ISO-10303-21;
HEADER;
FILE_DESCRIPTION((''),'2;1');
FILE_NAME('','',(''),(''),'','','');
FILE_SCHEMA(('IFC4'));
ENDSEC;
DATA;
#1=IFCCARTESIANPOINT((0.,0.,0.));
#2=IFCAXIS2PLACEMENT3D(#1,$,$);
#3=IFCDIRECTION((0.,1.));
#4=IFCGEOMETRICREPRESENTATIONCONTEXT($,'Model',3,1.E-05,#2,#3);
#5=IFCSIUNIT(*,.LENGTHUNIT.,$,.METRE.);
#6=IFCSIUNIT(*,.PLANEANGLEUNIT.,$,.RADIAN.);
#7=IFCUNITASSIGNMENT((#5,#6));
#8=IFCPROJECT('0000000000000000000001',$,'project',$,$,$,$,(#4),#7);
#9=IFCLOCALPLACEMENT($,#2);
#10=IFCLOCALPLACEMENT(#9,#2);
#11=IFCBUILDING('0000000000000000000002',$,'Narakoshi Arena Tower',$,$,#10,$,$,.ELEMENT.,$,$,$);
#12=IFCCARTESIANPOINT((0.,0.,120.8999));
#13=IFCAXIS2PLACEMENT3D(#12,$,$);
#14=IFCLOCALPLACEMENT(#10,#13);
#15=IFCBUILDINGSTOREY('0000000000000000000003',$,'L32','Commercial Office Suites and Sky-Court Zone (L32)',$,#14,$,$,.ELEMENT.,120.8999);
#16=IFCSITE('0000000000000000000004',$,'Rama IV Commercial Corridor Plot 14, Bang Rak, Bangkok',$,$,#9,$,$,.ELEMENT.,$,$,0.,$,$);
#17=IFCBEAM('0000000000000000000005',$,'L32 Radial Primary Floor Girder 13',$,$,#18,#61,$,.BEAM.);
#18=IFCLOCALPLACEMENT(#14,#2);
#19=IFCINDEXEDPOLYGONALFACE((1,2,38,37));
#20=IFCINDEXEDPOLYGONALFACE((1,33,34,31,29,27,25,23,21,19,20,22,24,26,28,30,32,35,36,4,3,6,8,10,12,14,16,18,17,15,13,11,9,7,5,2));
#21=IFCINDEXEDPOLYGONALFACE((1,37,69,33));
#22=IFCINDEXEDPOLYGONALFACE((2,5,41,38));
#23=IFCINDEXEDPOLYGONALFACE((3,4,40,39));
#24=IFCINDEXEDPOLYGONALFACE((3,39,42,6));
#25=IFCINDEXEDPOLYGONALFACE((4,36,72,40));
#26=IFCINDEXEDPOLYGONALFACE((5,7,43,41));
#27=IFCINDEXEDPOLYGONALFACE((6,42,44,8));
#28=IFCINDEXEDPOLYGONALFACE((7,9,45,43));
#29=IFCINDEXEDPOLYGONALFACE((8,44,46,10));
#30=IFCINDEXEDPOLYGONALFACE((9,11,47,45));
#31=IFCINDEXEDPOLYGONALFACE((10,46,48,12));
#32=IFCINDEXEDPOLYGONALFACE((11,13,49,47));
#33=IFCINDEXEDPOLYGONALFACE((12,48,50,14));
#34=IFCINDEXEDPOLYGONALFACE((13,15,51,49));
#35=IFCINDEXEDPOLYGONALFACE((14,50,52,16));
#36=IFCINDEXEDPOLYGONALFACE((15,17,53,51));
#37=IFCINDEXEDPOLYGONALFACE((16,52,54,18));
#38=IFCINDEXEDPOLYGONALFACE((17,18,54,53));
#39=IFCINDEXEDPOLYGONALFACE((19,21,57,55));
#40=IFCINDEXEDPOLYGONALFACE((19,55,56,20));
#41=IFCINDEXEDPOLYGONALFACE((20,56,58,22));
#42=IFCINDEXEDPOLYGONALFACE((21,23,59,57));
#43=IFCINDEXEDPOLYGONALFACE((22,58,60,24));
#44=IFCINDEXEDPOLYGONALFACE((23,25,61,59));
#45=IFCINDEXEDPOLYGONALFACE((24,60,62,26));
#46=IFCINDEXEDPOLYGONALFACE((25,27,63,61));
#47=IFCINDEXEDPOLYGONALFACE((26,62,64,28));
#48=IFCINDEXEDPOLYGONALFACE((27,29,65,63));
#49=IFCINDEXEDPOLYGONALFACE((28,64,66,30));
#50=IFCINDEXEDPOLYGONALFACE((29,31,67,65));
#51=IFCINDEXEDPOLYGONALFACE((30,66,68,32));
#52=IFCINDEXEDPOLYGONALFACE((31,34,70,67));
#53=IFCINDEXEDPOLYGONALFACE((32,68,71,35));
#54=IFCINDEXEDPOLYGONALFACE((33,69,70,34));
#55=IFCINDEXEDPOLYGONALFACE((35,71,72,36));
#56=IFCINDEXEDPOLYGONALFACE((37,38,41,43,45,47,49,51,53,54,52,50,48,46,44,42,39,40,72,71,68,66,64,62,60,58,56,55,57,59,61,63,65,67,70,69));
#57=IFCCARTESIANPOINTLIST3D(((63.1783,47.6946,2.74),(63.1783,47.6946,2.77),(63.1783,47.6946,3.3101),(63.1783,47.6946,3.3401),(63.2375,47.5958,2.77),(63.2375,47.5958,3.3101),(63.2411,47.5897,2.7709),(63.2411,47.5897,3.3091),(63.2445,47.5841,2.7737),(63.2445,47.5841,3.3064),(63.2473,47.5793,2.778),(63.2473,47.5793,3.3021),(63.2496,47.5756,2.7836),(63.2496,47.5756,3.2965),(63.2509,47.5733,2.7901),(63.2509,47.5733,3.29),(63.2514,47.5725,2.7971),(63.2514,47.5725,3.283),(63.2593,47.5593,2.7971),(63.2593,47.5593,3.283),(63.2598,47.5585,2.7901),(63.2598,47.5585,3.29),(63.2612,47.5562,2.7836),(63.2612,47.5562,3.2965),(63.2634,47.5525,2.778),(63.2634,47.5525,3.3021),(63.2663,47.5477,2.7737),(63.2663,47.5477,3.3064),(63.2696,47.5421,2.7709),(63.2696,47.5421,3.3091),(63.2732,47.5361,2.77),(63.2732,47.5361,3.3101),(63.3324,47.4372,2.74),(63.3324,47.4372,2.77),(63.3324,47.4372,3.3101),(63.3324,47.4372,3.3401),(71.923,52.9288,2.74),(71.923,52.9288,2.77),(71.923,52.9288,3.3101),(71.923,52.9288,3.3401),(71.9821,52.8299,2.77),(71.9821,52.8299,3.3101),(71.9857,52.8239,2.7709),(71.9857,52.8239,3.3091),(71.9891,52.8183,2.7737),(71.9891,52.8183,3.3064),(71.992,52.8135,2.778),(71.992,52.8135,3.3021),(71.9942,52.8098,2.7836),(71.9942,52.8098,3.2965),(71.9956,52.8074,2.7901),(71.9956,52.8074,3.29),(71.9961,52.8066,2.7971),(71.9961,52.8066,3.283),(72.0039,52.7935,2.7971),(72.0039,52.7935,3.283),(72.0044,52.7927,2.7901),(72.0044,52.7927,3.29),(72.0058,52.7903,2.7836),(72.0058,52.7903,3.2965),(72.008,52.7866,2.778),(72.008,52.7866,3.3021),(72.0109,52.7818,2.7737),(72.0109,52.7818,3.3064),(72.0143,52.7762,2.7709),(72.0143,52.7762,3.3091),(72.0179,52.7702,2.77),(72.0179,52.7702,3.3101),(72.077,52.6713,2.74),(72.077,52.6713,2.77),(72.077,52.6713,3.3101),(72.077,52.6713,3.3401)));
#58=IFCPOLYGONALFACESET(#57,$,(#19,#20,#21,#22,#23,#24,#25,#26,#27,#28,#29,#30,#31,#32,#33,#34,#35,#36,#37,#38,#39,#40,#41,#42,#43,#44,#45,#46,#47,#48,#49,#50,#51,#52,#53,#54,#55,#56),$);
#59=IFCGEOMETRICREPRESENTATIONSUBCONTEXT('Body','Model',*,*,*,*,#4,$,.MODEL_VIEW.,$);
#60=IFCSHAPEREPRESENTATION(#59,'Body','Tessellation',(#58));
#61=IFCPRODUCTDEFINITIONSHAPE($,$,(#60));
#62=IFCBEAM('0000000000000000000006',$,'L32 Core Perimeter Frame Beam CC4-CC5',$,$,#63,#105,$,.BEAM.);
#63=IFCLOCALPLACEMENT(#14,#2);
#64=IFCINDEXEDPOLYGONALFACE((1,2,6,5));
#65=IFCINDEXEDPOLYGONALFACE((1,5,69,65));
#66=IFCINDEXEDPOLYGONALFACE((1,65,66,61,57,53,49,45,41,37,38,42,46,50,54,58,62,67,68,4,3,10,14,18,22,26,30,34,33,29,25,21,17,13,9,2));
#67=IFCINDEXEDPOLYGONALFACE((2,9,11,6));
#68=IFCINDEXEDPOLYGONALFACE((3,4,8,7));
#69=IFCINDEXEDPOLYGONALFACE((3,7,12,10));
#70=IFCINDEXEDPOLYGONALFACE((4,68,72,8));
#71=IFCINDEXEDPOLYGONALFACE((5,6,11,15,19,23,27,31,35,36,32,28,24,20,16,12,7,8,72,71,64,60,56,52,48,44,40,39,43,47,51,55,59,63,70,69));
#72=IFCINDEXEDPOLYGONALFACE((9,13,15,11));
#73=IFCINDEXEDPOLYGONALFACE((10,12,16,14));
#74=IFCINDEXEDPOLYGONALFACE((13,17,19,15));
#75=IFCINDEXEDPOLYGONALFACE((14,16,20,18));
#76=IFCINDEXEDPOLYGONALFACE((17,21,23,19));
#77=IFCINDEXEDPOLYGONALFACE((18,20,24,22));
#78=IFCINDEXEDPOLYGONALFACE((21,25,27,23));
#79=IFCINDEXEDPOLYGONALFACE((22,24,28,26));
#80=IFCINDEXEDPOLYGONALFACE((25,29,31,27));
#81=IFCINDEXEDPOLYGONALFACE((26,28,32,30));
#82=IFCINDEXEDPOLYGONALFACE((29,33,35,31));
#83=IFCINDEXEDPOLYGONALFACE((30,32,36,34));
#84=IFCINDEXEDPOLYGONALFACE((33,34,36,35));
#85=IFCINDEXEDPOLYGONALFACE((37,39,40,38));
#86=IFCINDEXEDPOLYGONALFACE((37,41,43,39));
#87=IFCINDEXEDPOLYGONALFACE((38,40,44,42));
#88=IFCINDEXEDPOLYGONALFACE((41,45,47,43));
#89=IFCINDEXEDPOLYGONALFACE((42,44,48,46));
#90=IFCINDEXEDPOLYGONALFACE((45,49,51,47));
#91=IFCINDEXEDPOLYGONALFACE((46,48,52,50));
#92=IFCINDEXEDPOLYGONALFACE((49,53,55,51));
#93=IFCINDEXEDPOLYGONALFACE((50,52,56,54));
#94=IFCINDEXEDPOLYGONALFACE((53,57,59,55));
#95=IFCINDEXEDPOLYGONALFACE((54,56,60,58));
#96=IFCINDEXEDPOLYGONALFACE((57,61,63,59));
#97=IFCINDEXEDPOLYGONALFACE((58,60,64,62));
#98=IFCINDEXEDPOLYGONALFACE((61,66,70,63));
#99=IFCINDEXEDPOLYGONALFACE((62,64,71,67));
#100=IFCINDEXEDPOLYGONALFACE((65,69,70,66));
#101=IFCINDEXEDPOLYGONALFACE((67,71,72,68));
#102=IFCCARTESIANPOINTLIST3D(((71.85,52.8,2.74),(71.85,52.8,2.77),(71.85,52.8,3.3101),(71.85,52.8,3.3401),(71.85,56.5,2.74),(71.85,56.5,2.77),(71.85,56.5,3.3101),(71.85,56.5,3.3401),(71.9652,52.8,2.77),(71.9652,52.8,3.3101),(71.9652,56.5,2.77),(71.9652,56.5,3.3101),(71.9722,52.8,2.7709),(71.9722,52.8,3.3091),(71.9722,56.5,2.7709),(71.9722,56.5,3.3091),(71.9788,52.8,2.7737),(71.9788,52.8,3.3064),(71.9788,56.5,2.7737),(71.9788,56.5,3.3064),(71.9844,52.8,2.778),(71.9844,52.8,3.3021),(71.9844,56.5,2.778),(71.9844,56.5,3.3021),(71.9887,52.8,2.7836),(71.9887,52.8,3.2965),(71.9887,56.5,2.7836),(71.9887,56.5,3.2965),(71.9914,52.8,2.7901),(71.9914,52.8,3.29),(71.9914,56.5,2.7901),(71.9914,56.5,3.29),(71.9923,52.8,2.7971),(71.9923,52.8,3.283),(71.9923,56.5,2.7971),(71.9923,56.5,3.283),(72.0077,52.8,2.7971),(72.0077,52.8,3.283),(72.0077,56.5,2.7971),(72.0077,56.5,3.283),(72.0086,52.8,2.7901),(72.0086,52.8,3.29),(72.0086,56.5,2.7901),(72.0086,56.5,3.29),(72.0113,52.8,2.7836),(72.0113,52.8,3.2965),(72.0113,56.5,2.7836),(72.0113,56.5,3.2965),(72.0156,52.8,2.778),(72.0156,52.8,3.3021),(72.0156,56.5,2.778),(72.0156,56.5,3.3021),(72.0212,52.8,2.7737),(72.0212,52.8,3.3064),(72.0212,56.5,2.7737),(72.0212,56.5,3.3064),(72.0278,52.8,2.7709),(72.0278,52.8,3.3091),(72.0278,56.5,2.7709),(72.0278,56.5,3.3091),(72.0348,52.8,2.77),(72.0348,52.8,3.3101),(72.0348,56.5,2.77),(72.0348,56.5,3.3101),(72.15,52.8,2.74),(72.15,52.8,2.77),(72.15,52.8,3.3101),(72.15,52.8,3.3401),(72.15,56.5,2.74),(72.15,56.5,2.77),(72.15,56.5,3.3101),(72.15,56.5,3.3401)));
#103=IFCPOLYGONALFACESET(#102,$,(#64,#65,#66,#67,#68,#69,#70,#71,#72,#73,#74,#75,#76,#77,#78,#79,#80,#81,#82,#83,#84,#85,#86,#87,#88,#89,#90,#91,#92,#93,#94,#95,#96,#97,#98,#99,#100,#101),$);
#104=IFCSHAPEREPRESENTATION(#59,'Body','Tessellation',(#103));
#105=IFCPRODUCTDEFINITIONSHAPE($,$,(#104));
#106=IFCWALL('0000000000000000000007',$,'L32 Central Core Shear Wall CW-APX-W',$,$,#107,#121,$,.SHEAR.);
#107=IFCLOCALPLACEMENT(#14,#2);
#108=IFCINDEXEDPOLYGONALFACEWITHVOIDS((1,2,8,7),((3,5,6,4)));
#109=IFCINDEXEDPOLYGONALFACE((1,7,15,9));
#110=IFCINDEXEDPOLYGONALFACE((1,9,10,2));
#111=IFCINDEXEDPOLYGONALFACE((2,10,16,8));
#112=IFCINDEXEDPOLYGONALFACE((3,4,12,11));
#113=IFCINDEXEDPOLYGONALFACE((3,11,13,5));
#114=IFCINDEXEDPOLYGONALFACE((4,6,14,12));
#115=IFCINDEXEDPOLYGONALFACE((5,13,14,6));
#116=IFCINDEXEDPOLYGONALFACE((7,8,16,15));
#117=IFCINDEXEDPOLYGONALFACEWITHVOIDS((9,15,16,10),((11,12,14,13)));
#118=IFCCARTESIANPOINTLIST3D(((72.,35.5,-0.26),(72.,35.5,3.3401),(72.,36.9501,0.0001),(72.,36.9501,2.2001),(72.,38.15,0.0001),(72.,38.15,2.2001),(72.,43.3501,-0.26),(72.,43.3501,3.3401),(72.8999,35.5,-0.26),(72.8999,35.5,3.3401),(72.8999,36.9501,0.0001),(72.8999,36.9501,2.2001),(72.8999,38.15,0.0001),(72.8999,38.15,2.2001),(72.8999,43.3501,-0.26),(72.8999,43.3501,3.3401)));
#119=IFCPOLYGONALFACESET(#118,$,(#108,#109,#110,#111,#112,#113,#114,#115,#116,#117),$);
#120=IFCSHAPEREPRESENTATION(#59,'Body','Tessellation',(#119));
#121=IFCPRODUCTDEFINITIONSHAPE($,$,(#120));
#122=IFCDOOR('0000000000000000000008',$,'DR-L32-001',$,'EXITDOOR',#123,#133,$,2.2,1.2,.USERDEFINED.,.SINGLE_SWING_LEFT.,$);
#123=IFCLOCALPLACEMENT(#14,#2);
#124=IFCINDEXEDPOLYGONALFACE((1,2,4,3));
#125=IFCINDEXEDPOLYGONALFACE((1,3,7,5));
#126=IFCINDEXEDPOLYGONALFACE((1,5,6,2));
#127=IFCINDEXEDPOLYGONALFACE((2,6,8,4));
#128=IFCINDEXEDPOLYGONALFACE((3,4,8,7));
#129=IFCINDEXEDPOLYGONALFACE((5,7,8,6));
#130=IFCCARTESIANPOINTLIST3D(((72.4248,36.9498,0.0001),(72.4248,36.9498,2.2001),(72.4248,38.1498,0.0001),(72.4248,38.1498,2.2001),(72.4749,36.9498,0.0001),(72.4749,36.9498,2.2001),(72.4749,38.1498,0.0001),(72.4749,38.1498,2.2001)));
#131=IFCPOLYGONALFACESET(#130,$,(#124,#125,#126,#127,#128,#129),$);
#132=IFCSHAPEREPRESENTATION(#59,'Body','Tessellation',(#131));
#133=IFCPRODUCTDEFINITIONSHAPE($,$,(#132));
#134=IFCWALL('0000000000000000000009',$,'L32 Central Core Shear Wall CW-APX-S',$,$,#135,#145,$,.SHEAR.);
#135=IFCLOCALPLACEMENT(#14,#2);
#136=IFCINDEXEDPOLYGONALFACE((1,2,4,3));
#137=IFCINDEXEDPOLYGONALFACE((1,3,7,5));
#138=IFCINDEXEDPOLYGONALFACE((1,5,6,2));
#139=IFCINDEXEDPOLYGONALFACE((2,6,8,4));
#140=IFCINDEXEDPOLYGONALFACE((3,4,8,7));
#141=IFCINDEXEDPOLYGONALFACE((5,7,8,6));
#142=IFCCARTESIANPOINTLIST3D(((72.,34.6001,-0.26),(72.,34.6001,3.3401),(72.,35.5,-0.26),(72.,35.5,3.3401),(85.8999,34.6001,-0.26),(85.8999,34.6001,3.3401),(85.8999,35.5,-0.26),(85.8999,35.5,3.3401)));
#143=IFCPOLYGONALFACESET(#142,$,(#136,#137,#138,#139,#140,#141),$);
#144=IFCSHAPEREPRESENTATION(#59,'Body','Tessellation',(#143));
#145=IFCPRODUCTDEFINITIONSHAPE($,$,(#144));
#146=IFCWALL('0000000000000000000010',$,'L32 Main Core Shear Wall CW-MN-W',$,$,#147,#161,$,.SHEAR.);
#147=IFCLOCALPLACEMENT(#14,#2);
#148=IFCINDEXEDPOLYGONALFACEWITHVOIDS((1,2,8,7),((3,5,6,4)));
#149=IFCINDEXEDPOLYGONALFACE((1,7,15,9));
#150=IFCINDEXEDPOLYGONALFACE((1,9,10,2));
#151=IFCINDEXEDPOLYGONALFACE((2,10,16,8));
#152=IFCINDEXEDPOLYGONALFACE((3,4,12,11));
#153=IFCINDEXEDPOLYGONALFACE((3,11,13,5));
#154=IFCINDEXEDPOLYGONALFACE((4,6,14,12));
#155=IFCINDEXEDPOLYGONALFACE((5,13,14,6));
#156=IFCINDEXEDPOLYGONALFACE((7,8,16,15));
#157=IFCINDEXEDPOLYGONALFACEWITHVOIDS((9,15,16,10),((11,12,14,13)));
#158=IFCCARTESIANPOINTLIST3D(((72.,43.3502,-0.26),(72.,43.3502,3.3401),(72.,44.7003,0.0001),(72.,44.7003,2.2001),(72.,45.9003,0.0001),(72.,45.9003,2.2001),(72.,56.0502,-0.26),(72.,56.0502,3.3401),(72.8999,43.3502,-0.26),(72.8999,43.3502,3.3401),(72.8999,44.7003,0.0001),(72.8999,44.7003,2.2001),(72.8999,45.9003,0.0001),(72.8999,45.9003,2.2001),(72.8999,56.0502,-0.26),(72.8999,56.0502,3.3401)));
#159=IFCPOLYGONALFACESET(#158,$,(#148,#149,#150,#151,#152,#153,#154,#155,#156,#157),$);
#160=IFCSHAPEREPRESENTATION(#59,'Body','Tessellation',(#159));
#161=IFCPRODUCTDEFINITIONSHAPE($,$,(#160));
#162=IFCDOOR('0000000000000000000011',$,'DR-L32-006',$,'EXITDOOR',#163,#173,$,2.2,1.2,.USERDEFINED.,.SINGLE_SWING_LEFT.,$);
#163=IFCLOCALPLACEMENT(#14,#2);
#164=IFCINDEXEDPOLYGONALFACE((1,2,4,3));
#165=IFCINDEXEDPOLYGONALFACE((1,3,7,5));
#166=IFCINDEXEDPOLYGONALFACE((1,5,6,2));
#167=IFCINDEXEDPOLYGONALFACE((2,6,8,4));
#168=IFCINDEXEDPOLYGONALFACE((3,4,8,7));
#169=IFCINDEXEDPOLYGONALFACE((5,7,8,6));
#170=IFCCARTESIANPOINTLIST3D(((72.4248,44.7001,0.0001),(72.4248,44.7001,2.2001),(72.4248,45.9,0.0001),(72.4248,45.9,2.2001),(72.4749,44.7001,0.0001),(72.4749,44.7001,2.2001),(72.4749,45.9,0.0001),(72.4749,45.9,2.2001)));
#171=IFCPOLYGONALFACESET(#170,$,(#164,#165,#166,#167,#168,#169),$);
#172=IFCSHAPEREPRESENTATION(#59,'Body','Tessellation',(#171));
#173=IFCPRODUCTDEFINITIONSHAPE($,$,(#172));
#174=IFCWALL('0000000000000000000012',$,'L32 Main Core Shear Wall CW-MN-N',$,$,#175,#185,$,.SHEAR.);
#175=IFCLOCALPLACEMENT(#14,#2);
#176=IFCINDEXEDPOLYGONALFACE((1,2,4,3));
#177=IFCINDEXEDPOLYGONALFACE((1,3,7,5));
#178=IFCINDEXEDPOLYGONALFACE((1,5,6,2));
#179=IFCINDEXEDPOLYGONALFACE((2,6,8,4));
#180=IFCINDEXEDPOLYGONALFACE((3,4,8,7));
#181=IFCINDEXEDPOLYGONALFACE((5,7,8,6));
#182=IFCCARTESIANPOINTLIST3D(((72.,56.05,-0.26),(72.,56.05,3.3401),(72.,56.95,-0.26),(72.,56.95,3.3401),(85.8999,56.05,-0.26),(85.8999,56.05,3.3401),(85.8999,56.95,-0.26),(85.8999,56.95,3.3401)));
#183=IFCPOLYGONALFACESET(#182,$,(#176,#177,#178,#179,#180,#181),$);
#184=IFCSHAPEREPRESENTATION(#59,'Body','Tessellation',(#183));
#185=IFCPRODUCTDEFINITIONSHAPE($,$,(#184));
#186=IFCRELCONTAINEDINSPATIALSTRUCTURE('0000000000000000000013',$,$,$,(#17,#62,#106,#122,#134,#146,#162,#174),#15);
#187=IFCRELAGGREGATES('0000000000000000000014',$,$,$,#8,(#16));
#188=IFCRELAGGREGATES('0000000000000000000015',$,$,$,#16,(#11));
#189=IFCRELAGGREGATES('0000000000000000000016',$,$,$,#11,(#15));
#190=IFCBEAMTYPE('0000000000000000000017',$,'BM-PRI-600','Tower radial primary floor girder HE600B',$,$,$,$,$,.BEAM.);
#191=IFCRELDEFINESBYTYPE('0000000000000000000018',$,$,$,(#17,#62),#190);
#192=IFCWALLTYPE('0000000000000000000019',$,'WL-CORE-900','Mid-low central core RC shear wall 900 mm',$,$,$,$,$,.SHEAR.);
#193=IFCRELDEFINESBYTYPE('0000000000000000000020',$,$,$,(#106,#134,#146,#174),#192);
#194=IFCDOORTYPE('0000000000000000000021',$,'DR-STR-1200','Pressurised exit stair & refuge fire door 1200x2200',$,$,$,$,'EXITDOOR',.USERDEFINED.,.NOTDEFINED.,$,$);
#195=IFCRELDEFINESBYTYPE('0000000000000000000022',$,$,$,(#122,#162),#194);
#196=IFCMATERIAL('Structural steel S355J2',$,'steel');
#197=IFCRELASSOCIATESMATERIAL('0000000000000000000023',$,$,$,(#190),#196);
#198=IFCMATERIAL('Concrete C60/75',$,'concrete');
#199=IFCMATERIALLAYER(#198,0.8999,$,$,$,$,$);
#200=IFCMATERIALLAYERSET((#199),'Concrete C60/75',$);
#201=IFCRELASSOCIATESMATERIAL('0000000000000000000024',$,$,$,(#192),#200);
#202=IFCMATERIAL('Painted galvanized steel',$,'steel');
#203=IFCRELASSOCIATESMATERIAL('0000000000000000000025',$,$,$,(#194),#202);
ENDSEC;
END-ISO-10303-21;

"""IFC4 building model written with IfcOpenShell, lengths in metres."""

from ifc_helpers import new_model, si_unit, direction, frame, frame_2d, origin, origin_2d, place, context, subcontext, project, spatial, rectangle, i_section, extrude, material, layer, layer_set, material_profile, profile_set, type_object, element, fill, save


model = new_model("IFC4")

# Units and contexts
model_context = context("Model", 3, precision=1e-05, world=origin(), true_north=direction((0.0, 1.0)))
body_context = subcontext(model_context, "Body", "Model", "MODEL_VIEW")
ifc_project = project(units=[si_unit("LENGTHUNIT", "METRE"), si_unit("PLANEANGLEUNIT", "RADIAN")], contexts=[model_context])

# Site, building, storey
site_placement = place(None, origin())
site = spatial("IfcSite", under=ifc_project, at=site_placement, Name="Rama IV Commercial Corridor Plot 14, Bang Rak, Bangkok", CompositionType="ELEMENT", RefElevation=0.0)
building_placement = place(site_placement, origin())
building = spatial("IfcBuilding", under=site, at=building_placement, Name="Narakoshi Arena Tower", CompositionType="ELEMENT")
storey_placement = place(building_placement, frame((0.0, 0.0, 120.8999)))
storey = spatial("IfcBuildingStorey", under=building, at=storey_placement, Name="L32", Description="Commercial Office Suites and Sky-Court Zone (L32)", CompositionType="ELEMENT", Elevation=120.8999)

# Shared definitions
ifc_material_1 = material(Name="Concrete C60/75", Category="concrete")

# Beams
ifc_material_2 = material(Name="Structural steel S355J2", Category="steel")
ifc_material_profile_1 = material_profile(ifc_material_2, i_section(OverallWidth=0.3, OverallDepth=0.6001, WebThickness=0.0154, FlangeThickness=0.03, FilletRadius=0.0271, at=origin_2d()), Name="HE600B")
ifc_profile_set_1 = profile_set([ifc_material_profile_1], Name="Structural steel S355J2")
beam_type = type_object("IfcBeamType", Name="BM-PRI-600", Description="Tower radial primary floor girder HE600B", PredefinedType="BEAM", material=ifc_profile_set_1)
beam_1_placement = place(storey_placement, frame((72.0, 52.8, 3.04), z_axis=(-0.85804, -0.513583, 0.0), x_axis=(0.513583, -0.85804, 0.0)))
element("IfcBeam", 1, at=beam_1_placement, inside=storey, type_object=beam_type, Name="L32 Radial Primary Floor Girder 13", PredefinedType="BEAM", context=body_context, shape_type="SweptSolid", body=[
    extrude(i_section(OverallWidth=0.3, OverallDepth=0.6001, WebThickness=0.0154, FlangeThickness=0.03, FilletRadius=0.0271, at=origin_2d()), origin(), (0.0, 0.0, 1.0), 10.1914),
])
beam_2_placement = place(storey_placement, frame((72.0, 52.8, 3.04), z_axis=(0.0, 1.0, 0.0), x_axis=(-1.0, 0.0, 0.0)))
element("IfcBeam", 2, at=beam_2_placement, inside=storey, type_object=beam_type, Name="L32 Core Perimeter Frame Beam CC4-CC5", PredefinedType="BEAM", context=body_context, shape_type="SweptSolid", body=[
    extrude(i_section(OverallWidth=0.3, OverallDepth=0.6001, WebThickness=0.0154, FlangeThickness=0.03, FilletRadius=0.0271, at=origin_2d()), origin(), (0.0, 0.0, 1.0), 3.7),
])

# Wall, opening, door
ifc_layer_1 = layer(ifc_material_1, 0.8999)
ifc_layer_set_1 = layer_set([ifc_layer_1], Name="Concrete C60/75")
wall_type_1 = type_object("IfcWallType", Name="WL-CORE-900", Description="Mid-low central core RC shear wall 900 mm", PredefinedType="SHEAR", material=ifc_layer_set_1)
wall_1_placement = place(storey_placement, frame((72.45, 35.5, -0.26), z_axis=(0.0, 0.0, 1.0), x_axis=(0.0, 1.0, 0.0)))
wall_1 = element("IfcWall", 3, at=wall_1_placement, inside=storey, type_object=wall_type_1, Name="L32 Central Core Shear Wall CW-APX-W", PredefinedType="SHEAR", context=body_context, shape_type="SweptSolid", body=[
    extrude(rectangle(XDim=7.8501, YDim=0.8999, at=frame_2d((3.925, 0.0))), origin(), (0.0, 0.0, 1.0), 3.6001),
])
opening_1_placement = place(wall_1_placement, frame((1.45, 0.0, 0.26)))
opening_1 = element("IfcOpeningElement", 4, at=opening_1_placement, cuts=wall_1, PredefinedType="OPENING", context=body_context, shape_type="SweptSolid", body=[
    extrude(rectangle(XDim=1.2, YDim=2.2, at=frame_2d((0.6001, 1.1001))), frame((0.0, 0.46, 0.0), z_axis=(0.0, -1.0, 0.0), x_axis=(1.0, 0.0, 0.0)), (0.0, 0.0, 1.0), 0.9199),
])
ifc_material_3 = material(Name="Painted galvanized steel", Category="steel")
door_type_1 = type_object("IfcDoorType", Name="DR-STR-1200", Description="Pressurised exit stair & refuge fire door 1200x2200", ElementType="EXITDOOR", OperationType="NOTDEFINED", PredefinedType="USERDEFINED", material=ifc_material_3)
door_1_placement = place(opening_1_placement, frame((1.2, 0.0, 0.0), z_axis=(0.0, 0.0, 1.0), x_axis=(-1.0, 0.0, 0.0)))
door_1 = element("IfcDoor", 5, at=door_1_placement, inside=storey, type_object=door_type_1, Name="DR-L32-001", ObjectType="EXITDOOR", OperationType="SINGLE_SWING_LEFT", OverallHeight=2.2, OverallWidth=1.2, PredefinedType="USERDEFINED", context=body_context, shape_type="SweptSolid", body=[
    extrude(rectangle(XDim=1.2, YDim=2.2, at=frame_2d((0.6001, 1.1001))), frame((0.0, 0.0249, 0.0), z_axis=(0.0, -1.0, 0.0), x_axis=(1.0, 0.0, 0.0)), (0.0, 0.0, 1.0), 0.05),
])
fill(opening_1, door_1)

# Wall
wall_2_placement = place(storey_placement, frame((72.0, 35.05, -0.26), z_axis=(0.0, 0.0, 1.0), x_axis=(1.0, 0.0, 0.0)))
element("IfcWall", 6, at=wall_2_placement, inside=storey, type_object=wall_type_1, Name="L32 Central Core Shear Wall CW-APX-S", PredefinedType="SHEAR", context=body_context, shape_type="SweptSolid", body=[
    extrude(rectangle(XDim=13.8999, YDim=0.8999, at=frame_2d((6.95, 0.0))), origin(), (0.0, 0.0, 1.0), 3.6001),
])

# Wall, opening, door
wall_3_placement = place(storey_placement, frame((72.45, 43.3501, -0.26), z_axis=(0.0, 0.0, 1.0), x_axis=(0.0, 1.0, 0.0)))
wall_3 = element("IfcWall", 7, at=wall_3_placement, inside=storey, type_object=wall_type_1, Name="L32 Main Core Shear Wall CW-MN-W", PredefinedType="SHEAR", context=body_context, shape_type="SweptSolid", body=[
    extrude(rectangle(XDim=12.7, YDim=0.8999, at=frame_2d((6.3501, 0.0))), origin(), (0.0, 0.0, 1.0), 3.6001),
])
opening_2_placement = place(wall_3_placement, frame((1.3501, 0.0, 0.26)))
opening_2 = element("IfcOpeningElement", 8, at=opening_2_placement, cuts=wall_3, PredefinedType="OPENING", context=body_context, shape_type="SweptSolid", body=[
    extrude(rectangle(XDim=1.2, YDim=2.2, at=frame_2d((0.6001, 1.1001))), frame((0.0, 0.46, 0.0), z_axis=(0.0, -1.0, 0.0), x_axis=(1.0, 0.0, 0.0)), (0.0, 0.0, 1.0), 0.9199),
])
door_2_placement = place(opening_2_placement, frame((1.2, 0.0, 0.0), z_axis=(0.0, 0.0, 1.0), x_axis=(-1.0, 0.0, 0.0)))
door_2 = element("IfcDoor", 9, at=door_2_placement, inside=storey, type_object=door_type_1, Name="DR-L32-006", ObjectType="EXITDOOR", OperationType="SINGLE_SWING_LEFT", OverallHeight=2.2, OverallWidth=1.2, PredefinedType="USERDEFINED", context=body_context, shape_type="SweptSolid", body=[
    extrude(rectangle(XDim=1.2, YDim=2.2, at=frame_2d((0.6001, 1.1001))), frame((0.0, 0.0249, 0.0), z_axis=(0.0, -1.0, 0.0), x_axis=(1.0, 0.0, 0.0)), (0.0, 0.0, 1.0), 0.05),
])
fill(opening_2, door_2)

# Wall
wall_4_placement = place(storey_placement, frame((72.0, 56.5, -0.26), z_axis=(0.0, 0.0, 1.0), x_axis=(1.0, 0.0, 0.0)))
element("IfcWall", 10, at=wall_4_placement, inside=storey, type_object=wall_type_1, Name="L32 Main Core Shear Wall CW-MN-N", PredefinedType="SHEAR", context=body_context, shape_type="SweptSolid", body=[
    extrude(rectangle(XDim=13.8999, YDim=0.8999, at=frame_2d((6.95, 0.0))), origin(), (0.0, 0.0, 1.0), 3.6001),
])

save(model, "model.ifc")
